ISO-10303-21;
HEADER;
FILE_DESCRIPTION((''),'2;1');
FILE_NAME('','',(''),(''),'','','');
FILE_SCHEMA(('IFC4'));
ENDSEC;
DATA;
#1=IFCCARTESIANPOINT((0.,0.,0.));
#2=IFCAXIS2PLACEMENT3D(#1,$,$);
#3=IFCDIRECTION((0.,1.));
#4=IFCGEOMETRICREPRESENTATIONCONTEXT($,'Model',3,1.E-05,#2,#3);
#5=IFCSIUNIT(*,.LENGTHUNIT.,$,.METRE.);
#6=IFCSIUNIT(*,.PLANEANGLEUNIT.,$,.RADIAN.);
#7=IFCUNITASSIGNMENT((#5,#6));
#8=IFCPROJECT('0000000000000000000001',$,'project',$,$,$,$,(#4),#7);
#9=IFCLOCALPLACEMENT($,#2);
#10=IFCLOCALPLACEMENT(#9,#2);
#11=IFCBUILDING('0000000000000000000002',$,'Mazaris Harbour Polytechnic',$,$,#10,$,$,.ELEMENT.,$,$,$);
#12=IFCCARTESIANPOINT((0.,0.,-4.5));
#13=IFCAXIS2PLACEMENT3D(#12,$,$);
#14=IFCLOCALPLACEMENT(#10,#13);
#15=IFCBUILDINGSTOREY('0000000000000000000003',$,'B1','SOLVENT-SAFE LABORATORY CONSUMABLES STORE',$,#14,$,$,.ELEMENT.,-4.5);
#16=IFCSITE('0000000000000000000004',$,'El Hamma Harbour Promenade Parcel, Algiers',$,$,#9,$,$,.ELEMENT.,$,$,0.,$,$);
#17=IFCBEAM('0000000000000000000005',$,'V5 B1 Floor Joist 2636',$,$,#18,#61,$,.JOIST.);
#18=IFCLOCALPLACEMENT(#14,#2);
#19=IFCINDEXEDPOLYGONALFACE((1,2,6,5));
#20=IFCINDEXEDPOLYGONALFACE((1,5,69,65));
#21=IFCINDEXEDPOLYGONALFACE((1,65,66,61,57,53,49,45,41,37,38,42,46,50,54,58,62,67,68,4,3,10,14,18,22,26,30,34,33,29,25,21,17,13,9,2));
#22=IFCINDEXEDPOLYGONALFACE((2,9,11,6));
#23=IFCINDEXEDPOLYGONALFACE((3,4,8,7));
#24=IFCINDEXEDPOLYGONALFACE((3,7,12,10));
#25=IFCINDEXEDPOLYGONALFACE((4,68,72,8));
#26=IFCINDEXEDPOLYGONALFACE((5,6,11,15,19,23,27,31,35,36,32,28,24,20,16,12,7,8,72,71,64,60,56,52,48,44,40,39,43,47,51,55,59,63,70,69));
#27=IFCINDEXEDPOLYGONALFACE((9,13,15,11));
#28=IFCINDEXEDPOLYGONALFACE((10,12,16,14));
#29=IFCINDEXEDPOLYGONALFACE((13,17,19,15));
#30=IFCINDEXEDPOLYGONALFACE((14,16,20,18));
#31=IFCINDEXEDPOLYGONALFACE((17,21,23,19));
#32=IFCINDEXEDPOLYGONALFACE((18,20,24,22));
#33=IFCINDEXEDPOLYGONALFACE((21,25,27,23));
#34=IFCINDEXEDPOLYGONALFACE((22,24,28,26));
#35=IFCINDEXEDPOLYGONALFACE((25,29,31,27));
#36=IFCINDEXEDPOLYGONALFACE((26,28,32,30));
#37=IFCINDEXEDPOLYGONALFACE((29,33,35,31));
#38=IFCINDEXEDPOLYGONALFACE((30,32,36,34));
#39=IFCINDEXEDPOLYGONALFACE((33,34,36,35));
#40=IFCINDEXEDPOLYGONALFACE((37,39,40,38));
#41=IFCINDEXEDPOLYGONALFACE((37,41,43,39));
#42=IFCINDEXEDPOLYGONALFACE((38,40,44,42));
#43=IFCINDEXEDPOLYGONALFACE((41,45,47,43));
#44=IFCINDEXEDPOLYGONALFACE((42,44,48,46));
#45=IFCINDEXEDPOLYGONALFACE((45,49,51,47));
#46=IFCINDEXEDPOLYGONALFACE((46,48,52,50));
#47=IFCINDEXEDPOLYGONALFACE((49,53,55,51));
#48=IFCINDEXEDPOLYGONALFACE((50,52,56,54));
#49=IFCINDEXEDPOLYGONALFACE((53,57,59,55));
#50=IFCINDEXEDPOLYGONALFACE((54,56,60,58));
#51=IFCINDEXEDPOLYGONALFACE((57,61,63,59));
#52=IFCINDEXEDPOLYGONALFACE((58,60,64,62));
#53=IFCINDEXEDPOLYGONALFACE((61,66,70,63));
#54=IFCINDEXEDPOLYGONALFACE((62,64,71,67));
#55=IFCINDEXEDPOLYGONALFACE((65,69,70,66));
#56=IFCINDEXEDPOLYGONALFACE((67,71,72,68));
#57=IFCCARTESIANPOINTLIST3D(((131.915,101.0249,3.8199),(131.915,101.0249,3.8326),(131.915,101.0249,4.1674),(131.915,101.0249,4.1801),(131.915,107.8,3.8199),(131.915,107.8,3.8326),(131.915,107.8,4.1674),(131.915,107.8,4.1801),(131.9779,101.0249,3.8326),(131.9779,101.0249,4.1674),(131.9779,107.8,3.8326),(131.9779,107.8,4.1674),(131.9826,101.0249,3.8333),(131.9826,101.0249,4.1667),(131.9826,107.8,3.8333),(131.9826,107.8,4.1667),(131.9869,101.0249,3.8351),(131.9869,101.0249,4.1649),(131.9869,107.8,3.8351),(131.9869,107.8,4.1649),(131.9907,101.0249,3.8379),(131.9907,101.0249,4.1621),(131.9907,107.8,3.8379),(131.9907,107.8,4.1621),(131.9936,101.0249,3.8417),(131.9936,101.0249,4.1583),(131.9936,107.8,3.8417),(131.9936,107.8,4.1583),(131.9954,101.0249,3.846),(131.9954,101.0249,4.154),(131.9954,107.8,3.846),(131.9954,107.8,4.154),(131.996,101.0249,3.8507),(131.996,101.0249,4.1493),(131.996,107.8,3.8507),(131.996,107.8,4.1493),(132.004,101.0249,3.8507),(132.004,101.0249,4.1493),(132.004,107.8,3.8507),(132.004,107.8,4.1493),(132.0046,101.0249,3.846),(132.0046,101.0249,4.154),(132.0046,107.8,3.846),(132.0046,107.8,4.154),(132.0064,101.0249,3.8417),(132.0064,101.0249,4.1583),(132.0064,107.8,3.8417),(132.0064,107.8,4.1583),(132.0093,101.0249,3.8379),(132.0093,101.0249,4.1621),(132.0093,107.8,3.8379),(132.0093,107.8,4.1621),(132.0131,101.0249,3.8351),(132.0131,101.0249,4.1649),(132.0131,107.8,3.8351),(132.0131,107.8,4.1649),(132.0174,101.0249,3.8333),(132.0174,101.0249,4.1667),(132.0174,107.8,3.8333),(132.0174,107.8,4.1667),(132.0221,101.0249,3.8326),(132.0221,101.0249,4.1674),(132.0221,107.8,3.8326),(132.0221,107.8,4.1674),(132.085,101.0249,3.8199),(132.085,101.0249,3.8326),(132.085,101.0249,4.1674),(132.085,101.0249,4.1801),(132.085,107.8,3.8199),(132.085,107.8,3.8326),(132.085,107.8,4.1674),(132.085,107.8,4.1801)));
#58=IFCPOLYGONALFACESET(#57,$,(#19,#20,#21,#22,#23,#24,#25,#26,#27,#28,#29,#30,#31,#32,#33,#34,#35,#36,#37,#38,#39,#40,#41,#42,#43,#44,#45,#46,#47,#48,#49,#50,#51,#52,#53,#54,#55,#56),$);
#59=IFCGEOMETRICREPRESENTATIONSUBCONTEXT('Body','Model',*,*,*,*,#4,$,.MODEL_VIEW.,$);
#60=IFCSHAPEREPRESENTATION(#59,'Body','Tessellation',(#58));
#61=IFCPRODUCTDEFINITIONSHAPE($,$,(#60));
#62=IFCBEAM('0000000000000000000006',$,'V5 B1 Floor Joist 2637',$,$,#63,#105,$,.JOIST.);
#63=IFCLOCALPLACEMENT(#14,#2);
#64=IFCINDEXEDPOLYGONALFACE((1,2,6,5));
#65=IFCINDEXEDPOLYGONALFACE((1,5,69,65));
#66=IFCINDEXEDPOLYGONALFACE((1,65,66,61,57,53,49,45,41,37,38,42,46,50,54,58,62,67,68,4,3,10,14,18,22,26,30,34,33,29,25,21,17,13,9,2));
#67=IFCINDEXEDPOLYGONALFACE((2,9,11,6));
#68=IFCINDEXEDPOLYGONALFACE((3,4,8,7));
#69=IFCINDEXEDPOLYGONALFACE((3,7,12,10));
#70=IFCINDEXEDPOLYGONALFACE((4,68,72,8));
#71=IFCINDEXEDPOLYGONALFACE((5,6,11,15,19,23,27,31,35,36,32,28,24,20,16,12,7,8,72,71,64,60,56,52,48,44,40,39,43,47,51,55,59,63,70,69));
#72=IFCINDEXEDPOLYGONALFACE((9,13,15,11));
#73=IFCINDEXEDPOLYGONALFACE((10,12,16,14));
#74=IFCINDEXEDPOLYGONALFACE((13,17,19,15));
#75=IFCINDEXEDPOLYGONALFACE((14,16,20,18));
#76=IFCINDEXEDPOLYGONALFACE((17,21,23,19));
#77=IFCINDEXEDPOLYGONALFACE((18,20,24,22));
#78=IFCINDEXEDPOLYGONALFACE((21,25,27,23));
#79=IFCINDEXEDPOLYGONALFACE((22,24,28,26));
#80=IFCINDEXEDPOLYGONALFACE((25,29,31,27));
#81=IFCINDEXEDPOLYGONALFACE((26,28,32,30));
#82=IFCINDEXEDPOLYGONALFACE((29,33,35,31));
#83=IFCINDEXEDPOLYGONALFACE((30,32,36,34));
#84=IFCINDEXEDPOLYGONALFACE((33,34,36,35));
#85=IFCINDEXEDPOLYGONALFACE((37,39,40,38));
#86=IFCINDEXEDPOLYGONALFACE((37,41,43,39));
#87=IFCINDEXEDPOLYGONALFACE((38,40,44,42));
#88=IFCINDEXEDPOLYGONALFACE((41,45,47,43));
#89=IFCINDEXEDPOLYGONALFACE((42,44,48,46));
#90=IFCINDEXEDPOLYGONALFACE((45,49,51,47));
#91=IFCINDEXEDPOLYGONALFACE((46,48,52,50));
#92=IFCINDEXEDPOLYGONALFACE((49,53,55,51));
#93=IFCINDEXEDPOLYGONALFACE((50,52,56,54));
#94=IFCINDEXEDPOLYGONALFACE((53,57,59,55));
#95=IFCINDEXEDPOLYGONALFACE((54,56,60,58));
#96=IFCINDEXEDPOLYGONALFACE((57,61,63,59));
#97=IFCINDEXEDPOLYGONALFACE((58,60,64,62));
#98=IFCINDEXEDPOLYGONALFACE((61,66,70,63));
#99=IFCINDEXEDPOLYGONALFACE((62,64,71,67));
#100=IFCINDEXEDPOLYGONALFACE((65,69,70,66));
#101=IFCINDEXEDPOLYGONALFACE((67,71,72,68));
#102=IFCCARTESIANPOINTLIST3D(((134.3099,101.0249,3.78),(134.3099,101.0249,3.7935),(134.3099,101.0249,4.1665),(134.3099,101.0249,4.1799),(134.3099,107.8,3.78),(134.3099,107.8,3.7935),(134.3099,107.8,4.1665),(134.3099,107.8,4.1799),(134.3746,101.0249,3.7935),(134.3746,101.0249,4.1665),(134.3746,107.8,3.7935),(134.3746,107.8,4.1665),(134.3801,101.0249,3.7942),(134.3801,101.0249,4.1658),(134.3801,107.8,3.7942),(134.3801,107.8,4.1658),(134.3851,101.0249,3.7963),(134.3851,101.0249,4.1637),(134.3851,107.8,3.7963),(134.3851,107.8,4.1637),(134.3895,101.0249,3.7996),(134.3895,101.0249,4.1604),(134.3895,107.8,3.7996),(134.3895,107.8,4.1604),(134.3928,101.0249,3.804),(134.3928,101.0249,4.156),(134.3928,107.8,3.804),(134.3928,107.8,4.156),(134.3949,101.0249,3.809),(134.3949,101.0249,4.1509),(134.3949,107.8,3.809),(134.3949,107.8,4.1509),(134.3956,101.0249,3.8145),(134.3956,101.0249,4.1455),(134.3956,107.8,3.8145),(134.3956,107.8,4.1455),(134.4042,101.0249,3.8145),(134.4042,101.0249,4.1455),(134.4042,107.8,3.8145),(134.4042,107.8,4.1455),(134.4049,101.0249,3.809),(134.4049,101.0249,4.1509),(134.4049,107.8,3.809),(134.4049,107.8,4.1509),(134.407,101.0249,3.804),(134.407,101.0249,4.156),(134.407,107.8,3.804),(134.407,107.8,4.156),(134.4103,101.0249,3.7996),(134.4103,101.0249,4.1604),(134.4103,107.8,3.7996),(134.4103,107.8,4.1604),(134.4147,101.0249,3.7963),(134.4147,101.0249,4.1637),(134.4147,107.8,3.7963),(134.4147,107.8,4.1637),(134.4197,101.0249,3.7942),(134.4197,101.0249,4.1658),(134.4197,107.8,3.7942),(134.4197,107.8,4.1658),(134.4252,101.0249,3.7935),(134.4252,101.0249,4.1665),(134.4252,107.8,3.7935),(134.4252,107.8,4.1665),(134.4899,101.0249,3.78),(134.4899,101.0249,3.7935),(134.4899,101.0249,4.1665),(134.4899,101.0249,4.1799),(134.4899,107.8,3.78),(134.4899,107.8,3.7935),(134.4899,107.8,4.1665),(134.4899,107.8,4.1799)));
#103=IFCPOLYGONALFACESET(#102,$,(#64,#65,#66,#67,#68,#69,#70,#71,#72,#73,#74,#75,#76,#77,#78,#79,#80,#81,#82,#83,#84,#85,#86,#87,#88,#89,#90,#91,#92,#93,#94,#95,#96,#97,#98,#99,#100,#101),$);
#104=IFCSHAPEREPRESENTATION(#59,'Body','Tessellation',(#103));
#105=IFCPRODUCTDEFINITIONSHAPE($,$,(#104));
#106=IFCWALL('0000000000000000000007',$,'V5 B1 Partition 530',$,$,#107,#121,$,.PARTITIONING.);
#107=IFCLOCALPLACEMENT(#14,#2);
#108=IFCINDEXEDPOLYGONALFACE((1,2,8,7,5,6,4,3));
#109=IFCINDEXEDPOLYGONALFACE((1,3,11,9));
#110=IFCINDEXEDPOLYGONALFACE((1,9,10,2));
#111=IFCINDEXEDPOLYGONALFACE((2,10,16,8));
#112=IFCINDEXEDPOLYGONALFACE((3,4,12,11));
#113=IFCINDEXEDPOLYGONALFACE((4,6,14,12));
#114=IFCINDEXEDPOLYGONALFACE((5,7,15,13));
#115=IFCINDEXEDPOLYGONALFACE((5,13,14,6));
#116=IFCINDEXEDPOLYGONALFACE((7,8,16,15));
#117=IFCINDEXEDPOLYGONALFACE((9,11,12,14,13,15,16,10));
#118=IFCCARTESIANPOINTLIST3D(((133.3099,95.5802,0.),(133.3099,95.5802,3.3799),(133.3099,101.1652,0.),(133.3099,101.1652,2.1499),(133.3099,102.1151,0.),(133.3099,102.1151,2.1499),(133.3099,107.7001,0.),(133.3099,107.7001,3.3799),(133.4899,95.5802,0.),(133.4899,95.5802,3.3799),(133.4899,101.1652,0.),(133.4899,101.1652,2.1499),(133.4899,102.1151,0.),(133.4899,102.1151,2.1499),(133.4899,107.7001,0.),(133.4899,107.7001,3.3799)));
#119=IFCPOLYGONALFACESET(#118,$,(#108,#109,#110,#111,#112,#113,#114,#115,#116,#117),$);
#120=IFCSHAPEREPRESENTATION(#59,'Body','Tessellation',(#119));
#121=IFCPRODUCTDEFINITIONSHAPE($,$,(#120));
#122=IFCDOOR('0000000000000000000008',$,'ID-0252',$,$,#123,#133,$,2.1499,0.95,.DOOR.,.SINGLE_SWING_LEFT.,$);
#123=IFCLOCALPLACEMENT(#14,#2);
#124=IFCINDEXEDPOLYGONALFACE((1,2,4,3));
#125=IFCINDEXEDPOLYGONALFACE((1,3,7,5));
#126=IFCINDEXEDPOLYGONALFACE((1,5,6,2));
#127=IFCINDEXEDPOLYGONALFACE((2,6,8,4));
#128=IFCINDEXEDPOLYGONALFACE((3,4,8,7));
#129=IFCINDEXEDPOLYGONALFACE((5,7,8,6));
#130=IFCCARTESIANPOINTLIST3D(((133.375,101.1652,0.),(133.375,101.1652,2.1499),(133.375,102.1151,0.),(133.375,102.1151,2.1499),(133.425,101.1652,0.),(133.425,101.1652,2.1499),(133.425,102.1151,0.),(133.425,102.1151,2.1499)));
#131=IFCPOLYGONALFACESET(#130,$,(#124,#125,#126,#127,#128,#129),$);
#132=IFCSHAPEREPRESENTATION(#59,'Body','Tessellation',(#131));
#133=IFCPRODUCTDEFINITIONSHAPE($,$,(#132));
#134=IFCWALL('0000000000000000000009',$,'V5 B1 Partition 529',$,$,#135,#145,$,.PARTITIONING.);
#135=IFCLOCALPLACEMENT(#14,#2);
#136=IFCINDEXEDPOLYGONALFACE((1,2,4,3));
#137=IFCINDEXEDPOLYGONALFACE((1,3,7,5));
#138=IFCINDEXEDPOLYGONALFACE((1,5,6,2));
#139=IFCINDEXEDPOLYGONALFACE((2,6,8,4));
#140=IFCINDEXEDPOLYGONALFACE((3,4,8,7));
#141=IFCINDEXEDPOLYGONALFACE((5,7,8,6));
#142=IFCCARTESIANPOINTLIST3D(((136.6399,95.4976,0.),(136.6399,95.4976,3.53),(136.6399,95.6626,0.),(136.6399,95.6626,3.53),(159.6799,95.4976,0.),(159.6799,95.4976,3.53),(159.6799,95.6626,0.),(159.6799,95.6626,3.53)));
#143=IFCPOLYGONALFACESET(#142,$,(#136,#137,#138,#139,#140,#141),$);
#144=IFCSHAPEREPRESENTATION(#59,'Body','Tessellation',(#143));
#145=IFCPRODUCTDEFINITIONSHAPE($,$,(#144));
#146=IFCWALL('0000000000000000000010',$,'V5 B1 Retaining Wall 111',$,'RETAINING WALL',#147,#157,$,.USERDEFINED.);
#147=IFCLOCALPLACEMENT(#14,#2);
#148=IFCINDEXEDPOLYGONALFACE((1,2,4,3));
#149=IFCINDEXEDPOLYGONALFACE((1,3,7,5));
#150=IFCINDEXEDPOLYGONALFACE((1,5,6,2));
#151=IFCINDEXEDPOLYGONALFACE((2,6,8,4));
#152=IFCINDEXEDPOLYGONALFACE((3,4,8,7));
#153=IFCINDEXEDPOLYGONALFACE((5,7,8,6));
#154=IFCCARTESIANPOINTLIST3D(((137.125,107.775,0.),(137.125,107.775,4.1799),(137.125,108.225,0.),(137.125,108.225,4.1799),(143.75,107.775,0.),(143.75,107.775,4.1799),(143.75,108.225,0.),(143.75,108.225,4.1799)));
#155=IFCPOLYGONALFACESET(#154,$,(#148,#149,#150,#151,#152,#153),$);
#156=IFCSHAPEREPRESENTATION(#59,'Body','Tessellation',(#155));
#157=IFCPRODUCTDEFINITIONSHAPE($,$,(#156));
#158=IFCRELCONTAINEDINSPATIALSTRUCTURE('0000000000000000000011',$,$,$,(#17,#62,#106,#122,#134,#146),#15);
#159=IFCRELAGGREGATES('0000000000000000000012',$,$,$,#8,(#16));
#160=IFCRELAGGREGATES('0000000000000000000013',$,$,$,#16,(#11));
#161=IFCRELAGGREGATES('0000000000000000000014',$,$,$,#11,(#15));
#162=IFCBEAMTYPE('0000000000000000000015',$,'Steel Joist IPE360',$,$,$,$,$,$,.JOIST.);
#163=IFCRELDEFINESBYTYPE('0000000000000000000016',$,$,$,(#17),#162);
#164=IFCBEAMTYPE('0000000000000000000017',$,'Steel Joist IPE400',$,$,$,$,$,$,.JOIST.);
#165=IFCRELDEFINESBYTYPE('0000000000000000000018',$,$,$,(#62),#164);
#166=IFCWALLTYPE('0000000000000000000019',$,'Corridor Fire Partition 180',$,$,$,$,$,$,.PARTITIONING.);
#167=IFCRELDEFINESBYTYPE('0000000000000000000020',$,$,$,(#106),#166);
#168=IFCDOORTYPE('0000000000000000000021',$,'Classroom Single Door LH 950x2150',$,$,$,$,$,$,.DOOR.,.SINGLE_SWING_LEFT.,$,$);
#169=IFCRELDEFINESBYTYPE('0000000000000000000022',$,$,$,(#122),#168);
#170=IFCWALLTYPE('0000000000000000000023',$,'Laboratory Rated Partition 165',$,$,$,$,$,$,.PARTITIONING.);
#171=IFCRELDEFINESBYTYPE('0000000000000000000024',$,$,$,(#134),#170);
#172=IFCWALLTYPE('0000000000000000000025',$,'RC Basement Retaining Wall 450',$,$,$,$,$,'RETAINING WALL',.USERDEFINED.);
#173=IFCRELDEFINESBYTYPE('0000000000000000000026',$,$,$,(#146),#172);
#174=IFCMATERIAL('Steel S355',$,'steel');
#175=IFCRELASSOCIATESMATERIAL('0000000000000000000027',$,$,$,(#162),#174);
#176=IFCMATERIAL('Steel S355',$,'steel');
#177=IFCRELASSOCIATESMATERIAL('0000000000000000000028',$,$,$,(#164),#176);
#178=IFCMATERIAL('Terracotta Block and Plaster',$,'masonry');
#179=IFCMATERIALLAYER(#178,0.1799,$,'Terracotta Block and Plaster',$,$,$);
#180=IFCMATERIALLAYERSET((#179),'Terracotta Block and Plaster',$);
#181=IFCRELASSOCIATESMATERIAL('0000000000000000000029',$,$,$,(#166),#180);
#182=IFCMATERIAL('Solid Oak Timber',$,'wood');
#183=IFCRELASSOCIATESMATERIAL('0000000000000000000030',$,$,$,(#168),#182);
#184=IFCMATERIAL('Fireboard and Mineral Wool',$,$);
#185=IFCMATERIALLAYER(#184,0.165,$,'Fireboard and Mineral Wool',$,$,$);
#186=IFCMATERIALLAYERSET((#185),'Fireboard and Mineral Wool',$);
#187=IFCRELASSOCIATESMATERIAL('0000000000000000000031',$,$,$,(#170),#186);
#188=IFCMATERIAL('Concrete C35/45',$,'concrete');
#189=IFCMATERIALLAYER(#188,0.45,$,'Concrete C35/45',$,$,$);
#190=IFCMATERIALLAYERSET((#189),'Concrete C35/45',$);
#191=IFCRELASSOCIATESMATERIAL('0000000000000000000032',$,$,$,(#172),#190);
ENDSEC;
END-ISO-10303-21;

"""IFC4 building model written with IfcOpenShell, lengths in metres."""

from ifc_helpers import new_model, si_unit, direction, frame, frame_2d, origin, origin_2d, place, context, subcontext, project, spatial, rectangle, i_section, extrude, material, layer, layer_set, material_profile, profile_set, type_object, element, fill, save


model = new_model("IFC4")

# Units and contexts
model_context = context("Model", 3, precision=1e-05, world=origin(), true_north=direction((0.0, 1.0)))
body_context = subcontext(model_context, "Body", "Model", "MODEL_VIEW")
ifc_project = project(units=[si_unit("LENGTHUNIT", "METRE"), si_unit("PLANEANGLEUNIT", "RADIAN")], contexts=[model_context])

# Site, building, storey
site_placement = place(None, origin())
site = spatial("IfcSite", under=ifc_project, at=site_placement, Name="El Hamma Harbour Promenade Parcel, Algiers", CompositionType="ELEMENT", RefElevation=0.0)
building_placement = place(site_placement, origin())
building = spatial("IfcBuilding", under=site, at=building_placement, Name="Mazaris Harbour Polytechnic", CompositionType="ELEMENT")
storey_placement = place(building_placement, frame((0.0, 0.0, -4.5)))
storey = spatial("IfcBuildingStorey", under=building, at=storey_placement, Name="B1", Description="SOLVENT-SAFE LABORATORY CONSUMABLES STORE", CompositionType="ELEMENT", Elevation=-4.5)

# Beams
ifc_material_1 = material(Name="Steel S355", Category="steel")
ifc_material_profile_1 = material_profile(ifc_material_1, i_section(OverallWidth=0.1699, OverallDepth=0.3601, WebThickness=0.0081, FlangeThickness=0.0127, FilletRadius=0.0181, at=origin_2d()), Name="IPE 360")
ifc_profile_set_1 = profile_set([ifc_material_profile_1], Name="Steel S355")
beam_type_1 = type_object("IfcBeamType", Name="Steel Joist IPE360", PredefinedType="JOIST", material=ifc_profile_set_1)
beam_1_placement = place(storey_placement, frame((132.0, 101.0249, 4.0), z_axis=(0.0, 1.0, 0.0), x_axis=(-1.0, 0.0, 0.0)))
element("IfcBeam", 1, at=beam_1_placement, inside=storey, type_object=beam_type_1, Name="V5 B1 Floor Joist 2636", PredefinedType="JOIST", context=body_context, shape_type="SweptSolid", body=[
    extrude(i_section(OverallWidth=0.1699, OverallDepth=0.3601, WebThickness=0.0081, FlangeThickness=0.0127, FilletRadius=0.0181, at=origin_2d()), origin(), (0.0, 0.0, 1.0), 6.7751),
])
ifc_material_2 = material(Name="Steel S355", Category="steel")
ifc_material_profile_2 = material_profile(ifc_material_2, i_section(OverallWidth=0.1799, OverallDepth=0.3999, WebThickness=0.0085, FlangeThickness=0.0134, FilletRadius=0.021, at=origin_2d()), Name="IPE 400")
ifc_profile_set_2 = profile_set([ifc_material_profile_2], Name="Steel S355")
beam_type_2 = type_object("IfcBeamType", Name="Steel Joist IPE400", PredefinedType="JOIST", material=ifc_profile_set_2)
beam_2_placement = place(storey_placement, frame((134.3999, 101.0249, 3.98), z_axis=(0.0, 1.0, 0.0), x_axis=(-1.0, 0.0, 0.0)))
element("IfcBeam", 2, at=beam_2_placement, inside=storey, type_object=beam_type_2, Name="V5 B1 Floor Joist 2637", PredefinedType="JOIST", context=body_context, shape_type="SweptSolid", body=[
    extrude(i_section(OverallWidth=0.1799, OverallDepth=0.3999, WebThickness=0.0085, FlangeThickness=0.0134, FilletRadius=0.021, at=origin_2d()), origin(), (0.0, 0.0, 1.0), 6.7751),
])

# Wall, opening, door
ifc_material_3 = material(Name="Terracotta Block and Plaster", Category="masonry")
ifc_layer_1 = layer(ifc_material_3, 0.1799, Name="Terracotta Block and Plaster")
ifc_layer_set_1 = layer_set([ifc_layer_1], Name="Terracotta Block and Plaster")
wall_type_1 = type_object("IfcWallType", Name="Corridor Fire Partition 180", PredefinedType="PARTITIONING", material=ifc_layer_set_1)
wall_1_placement = place(storey_placement, frame((133.3999, 95.5801, 0.0), z_axis=(0.0, 0.0, 1.0), x_axis=(0.0, 1.0, 0.0)))
wall_1 = element("IfcWall", 3, at=wall_1_placement, inside=storey, type_object=wall_type_1, Name="V5 B1 Partition 530", PredefinedType="PARTITIONING", context=body_context, shape_type="SweptSolid", body=[
    extrude(rectangle(XDim=12.1199, YDim=0.1799, at=frame_2d((6.0601, 0.0))), origin(), (0.0, 0.0, 1.0), 3.3799),
])
opening_placement = place(wall_1_placement, frame((5.585, 0.0, 0.0)))
opening = element("IfcOpeningElement", 4, at=opening_placement, cuts=wall_1, PredefinedType="OPENING", context=body_context, shape_type="SweptSolid", body=[
    extrude(rectangle(XDim=0.95, YDim=2.1499, at=frame_2d((0.4751, 1.075))), frame((0.0, 0.0999, 0.0), z_axis=(0.0, -1.0, 0.0), x_axis=(1.0, 0.0, 0.0)), (0.0, 0.0, 1.0), 0.2),
])
ifc_material_4 = material(Name="Solid Oak Timber", Category="wood")
door_type = type_object("IfcDoorType", Name="Classroom Single Door LH 950x2150", OperationType="SINGLE_SWING_LEFT", PredefinedType="DOOR", material=ifc_material_4)
door_placement = place(opening_placement, origin())
door = element("IfcDoor", 5, at=door_placement, inside=storey, type_object=door_type, Name="ID-0252", OperationType="SINGLE_SWING_LEFT", OverallHeight=2.1499, OverallWidth=0.95, PredefinedType="DOOR", context=body_context, shape_type="SweptSolid", body=[
    extrude(rectangle(XDim=0.95, YDim=2.1499, at=frame_2d((0.4751, 1.075))), frame((0.0, 0.0249, 0.0), z_axis=(0.0, -1.0, 0.0), x_axis=(1.0, 0.0, 0.0)), (0.0, 0.0, 1.0), 0.05),
])
fill(opening, door)

# Walls
ifc_material_5 = material(Name="Fireboard and Mineral Wool")
ifc_layer_2 = layer(ifc_material_5, 0.165, Name="Fireboard and Mineral Wool")
ifc_layer_set_2 = layer_set([ifc_layer_2], Name="Fireboard and Mineral Wool")
wall_type_2 = type_object("IfcWallType", Name="Laboratory Rated Partition 165", PredefinedType="PARTITIONING", material=ifc_layer_set_2)
wall_2_placement = place(storey_placement, frame((136.6399, 95.5801, 0.0), z_axis=(0.0, 0.0, 1.0), x_axis=(1.0, 0.0, 0.0)))
element("IfcWall", 6, at=wall_2_placement, inside=storey, type_object=wall_type_2, Name="V5 B1 Partition 529", PredefinedType="PARTITIONING", context=body_context, shape_type="SweptSolid", body=[
    extrude(rectangle(XDim=23.04, YDim=0.165, at=frame_2d((11.52, 0.0))), origin(), (0.0, 0.0, 1.0), 3.53),
])
ifc_material_6 = material(Name="Concrete C35/45", Category="concrete")
ifc_layer_3 = layer(ifc_material_6, 0.45, Name="Concrete C35/45")
ifc_layer_set_3 = layer_set([ifc_layer_3], Name="Concrete C35/45")
wall_type_3 = type_object("IfcWallType", Name="RC Basement Retaining Wall 450", ElementType="RETAINING WALL", PredefinedType="USERDEFINED", material=ifc_layer_set_3)
wall_3_placement = place(storey_placement, frame((137.125, 108.0, 0.0), z_axis=(0.0, 0.0, 1.0), x_axis=(1.0, 0.0, 0.0)))
element("IfcWall", 7, at=wall_3_placement, inside=storey, type_object=wall_type_3, Name="V5 B1 Retaining Wall 111", ObjectType="RETAINING WALL", PredefinedType="USERDEFINED", context=body_context, shape_type="SweptSolid", body=[
    extrude(rectangle(XDim=6.625, YDim=0.45, at=frame_2d((3.3125, 0.0))), origin(), (0.0, 0.0, 1.0), 4.1799),
])

save(model, "model.ifc")
